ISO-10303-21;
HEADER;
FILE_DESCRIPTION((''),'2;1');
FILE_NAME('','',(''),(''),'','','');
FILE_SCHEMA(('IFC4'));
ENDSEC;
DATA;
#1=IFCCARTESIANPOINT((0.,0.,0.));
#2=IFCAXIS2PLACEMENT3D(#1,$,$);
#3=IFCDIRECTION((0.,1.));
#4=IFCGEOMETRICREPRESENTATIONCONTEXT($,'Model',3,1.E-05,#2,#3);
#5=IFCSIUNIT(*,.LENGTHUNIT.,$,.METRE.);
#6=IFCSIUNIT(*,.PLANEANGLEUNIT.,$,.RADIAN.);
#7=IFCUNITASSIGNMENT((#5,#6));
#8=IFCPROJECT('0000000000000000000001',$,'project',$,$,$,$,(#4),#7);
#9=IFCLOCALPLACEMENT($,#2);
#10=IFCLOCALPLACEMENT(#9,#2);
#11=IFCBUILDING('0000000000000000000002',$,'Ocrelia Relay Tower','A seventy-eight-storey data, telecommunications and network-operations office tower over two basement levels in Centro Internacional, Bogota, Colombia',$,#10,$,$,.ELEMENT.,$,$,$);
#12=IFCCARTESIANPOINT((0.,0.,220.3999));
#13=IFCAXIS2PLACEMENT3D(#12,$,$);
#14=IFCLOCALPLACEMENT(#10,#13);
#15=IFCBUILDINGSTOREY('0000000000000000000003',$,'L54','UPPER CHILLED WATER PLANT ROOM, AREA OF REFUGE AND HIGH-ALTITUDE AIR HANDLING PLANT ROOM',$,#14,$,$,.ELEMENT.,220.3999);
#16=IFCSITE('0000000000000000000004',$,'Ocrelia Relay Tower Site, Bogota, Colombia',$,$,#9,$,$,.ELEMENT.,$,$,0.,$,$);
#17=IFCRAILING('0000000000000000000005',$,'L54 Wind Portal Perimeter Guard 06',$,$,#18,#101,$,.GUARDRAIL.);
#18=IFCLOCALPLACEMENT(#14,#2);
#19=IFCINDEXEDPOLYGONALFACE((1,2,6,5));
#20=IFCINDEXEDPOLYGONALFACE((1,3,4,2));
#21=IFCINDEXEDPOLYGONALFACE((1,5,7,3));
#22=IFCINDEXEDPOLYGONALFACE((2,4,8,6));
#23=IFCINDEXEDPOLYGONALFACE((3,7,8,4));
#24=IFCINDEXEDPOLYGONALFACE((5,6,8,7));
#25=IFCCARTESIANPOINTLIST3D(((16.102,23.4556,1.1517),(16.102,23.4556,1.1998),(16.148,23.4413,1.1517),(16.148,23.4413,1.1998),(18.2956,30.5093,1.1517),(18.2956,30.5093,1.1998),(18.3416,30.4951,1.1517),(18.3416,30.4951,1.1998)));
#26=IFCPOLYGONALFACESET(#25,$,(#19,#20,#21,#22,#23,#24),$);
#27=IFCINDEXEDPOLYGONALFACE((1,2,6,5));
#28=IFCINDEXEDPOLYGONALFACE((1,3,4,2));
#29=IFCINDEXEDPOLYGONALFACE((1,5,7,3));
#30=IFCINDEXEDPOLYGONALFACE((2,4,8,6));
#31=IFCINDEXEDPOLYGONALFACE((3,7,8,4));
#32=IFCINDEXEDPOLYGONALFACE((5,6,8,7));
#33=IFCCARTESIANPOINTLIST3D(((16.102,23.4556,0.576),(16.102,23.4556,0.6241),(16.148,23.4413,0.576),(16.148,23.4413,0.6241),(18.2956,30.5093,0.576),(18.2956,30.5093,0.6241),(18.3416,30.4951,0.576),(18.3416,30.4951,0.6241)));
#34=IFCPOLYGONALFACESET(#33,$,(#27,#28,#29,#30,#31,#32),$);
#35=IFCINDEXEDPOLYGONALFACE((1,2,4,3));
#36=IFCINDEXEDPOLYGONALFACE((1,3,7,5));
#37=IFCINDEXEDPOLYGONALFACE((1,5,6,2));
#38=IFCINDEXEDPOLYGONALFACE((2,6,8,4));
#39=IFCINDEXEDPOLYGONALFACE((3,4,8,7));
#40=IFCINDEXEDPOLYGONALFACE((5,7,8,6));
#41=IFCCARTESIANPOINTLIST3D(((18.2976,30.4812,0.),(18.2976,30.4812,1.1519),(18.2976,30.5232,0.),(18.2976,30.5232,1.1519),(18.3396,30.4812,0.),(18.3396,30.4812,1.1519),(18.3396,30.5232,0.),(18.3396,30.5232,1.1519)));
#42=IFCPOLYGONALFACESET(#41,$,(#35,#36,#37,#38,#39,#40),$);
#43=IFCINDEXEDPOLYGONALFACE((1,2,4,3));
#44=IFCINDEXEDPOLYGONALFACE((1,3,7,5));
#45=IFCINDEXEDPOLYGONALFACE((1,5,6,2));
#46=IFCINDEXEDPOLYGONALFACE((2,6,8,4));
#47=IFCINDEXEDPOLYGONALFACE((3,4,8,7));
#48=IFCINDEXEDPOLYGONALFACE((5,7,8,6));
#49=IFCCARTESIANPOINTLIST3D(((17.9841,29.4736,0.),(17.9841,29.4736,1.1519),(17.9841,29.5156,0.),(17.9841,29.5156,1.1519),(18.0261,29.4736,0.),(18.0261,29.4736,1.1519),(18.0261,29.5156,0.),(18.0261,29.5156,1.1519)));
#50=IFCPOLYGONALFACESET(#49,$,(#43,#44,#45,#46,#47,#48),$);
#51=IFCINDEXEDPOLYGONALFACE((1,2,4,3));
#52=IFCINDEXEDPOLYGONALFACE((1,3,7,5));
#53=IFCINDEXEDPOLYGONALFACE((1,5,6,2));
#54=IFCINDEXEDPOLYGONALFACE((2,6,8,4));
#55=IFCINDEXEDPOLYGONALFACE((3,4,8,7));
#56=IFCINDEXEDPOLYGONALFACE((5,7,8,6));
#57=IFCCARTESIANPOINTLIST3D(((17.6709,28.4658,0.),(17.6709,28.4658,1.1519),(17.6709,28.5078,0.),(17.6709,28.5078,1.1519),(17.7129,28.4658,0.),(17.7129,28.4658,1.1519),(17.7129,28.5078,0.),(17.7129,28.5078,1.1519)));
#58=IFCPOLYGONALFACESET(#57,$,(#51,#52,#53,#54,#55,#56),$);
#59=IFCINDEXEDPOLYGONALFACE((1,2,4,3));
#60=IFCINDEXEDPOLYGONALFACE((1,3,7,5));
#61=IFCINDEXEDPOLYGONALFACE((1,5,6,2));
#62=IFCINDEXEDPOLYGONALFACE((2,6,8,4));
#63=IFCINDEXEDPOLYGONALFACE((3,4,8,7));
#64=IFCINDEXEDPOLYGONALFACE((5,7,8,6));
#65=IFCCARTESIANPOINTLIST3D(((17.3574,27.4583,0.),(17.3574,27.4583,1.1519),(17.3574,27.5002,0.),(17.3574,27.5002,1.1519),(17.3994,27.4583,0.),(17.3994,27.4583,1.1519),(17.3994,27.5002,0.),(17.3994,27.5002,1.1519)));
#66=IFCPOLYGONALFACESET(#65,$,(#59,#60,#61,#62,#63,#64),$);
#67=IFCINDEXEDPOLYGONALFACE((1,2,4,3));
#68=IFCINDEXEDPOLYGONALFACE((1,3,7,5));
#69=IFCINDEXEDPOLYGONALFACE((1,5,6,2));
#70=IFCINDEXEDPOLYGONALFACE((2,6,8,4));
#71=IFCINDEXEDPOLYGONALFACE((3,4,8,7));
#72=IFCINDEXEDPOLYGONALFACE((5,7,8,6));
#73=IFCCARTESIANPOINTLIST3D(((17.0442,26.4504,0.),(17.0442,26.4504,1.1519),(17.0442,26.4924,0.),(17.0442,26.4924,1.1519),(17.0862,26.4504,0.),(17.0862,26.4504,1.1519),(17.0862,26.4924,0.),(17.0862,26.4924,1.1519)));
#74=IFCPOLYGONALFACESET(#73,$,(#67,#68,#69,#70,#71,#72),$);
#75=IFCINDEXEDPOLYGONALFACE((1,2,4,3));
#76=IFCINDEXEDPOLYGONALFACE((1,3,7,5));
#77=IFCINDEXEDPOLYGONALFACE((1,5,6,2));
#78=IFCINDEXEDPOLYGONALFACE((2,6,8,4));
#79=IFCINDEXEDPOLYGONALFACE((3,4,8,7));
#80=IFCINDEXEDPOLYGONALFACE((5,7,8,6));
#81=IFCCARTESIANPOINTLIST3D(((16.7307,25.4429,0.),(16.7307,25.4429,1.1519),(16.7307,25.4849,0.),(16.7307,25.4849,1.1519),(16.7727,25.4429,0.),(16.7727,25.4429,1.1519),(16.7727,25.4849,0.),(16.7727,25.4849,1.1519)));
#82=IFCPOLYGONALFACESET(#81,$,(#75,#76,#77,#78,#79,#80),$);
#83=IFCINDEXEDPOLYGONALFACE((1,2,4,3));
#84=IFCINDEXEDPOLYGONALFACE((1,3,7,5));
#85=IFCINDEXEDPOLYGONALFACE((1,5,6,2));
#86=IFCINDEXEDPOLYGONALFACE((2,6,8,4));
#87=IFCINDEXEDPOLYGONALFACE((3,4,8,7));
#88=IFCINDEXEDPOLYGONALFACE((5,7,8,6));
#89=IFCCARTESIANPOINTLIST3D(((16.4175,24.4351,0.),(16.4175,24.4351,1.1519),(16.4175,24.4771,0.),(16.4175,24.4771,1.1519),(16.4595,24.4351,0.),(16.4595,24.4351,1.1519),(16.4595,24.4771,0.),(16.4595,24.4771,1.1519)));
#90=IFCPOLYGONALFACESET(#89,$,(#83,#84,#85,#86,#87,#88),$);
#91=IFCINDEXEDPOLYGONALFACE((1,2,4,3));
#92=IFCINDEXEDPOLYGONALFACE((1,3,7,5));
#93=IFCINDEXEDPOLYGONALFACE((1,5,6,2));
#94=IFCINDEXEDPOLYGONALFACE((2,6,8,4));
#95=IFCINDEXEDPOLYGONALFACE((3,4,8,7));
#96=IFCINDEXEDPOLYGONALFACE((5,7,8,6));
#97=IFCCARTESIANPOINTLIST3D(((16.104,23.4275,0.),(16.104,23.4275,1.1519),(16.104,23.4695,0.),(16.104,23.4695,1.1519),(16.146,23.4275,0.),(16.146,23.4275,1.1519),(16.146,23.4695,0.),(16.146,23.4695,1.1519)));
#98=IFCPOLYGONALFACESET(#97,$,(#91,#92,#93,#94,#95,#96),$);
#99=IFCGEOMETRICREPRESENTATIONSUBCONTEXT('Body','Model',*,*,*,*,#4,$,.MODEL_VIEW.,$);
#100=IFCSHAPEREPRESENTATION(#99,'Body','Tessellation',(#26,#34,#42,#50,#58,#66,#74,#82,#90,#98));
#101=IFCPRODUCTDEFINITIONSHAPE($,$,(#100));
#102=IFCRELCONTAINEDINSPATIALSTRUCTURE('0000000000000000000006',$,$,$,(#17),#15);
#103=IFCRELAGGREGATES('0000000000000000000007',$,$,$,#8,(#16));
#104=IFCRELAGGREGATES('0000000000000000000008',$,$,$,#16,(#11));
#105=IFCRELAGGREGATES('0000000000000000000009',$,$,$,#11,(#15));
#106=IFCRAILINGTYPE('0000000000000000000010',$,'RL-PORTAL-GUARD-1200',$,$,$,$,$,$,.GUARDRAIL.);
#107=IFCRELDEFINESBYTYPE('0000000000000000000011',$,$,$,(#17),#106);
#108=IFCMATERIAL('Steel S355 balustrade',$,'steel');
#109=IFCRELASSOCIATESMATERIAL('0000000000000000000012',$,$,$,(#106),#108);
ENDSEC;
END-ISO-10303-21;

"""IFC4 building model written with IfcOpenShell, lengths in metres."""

from ifc_helpers import new_model, si_unit, direction, frame, origin, origin_2d, place, context, subcontext, project, spatial, rectangle, extrude, material, type_object, element, save


model = new_model("IFC4")

# Units and contexts
model_context = context("Model", 3, precision=1e-05, world=origin(), true_north=direction((0.0, 1.0)))
body_context = subcontext(model_context, "Body", "Model", "MODEL_VIEW")
ifc_project = project(units=[si_unit("LENGTHUNIT", "METRE"), si_unit("PLANEANGLEUNIT", "RADIAN")], contexts=[model_context])

# Site, building, storey
site_placement = place(None, origin())
site = spatial("IfcSite", under=ifc_project, at=site_placement, Name="Ocrelia Relay Tower Site, Bogota, Colombia", CompositionType="ELEMENT", RefElevation=0.0)
building_placement = place(site_placement, origin())
building = spatial("IfcBuilding", under=site, at=building_placement, Name="Ocrelia Relay Tower", Description="A seventy-eight-storey data, telecommunications and network-operations office tower over two basement levels in Centro Internacional, Bogota, Colombia", CompositionType="ELEMENT")
storey_placement = place(building_placement, frame((0.0, 0.0, 220.3999)))
storey = spatial("IfcBuildingStorey", under=building, at=storey_placement, Name="L54", Description="UPPER CHILLED WATER PLANT ROOM, AREA OF REFUGE AND HIGH-ALTITUDE AIR HANDLING PLANT ROOM", CompositionType="ELEMENT", Elevation=220.3999)

# Railing
ifc_material_1 = material(Name="Steel S355 balustrade", Category="steel")
railing_type = type_object("IfcRailingType", Name="RL-PORTAL-GUARD-1200", PredefinedType="GUARDRAIL", material=ifc_material_1)
railing_placement = place(storey_placement, frame((18.3186, 30.5022, 0.0)))
element("IfcRailing", 1, at=railing_placement, inside=storey, type_object=railing_type, Name="L54 Wind Portal Perimeter Guard 06", PredefinedType="GUARDRAIL", context=body_context, shape_type="SweptSolid", body=[
    extrude(rectangle(XDim=0.0481, YDim=0.0481, at=origin_2d()), frame((0.0, 0.0, 1.1758), z_axis=(-0.296957, -0.954891, 0.0), x_axis=(0.954891, -0.296957, 0.0)), (0.0, 0.0, 1.0), 7.387),
    extrude(rectangle(XDim=0.0481, YDim=0.0481, at=origin_2d()), frame((0.0, 0.0, 0.6001), z_axis=(-0.296957, -0.954891, 0.0), x_axis=(0.954891, -0.296957, 0.0)), (0.0, 0.0, 1.0), 7.387),
    extrude(rectangle(XDim=0.042, YDim=0.042, at=origin_2d()), origin(), (0.0, 0.0, 1.0), 1.1519),
    extrude(rectangle(XDim=0.042, YDim=0.042, at=origin_2d()), frame((-0.3135, -1.0076, 0.0)), (0.0, 0.0, 1.0), 1.1519),
    extrude(rectangle(XDim=0.042, YDim=0.042, at=origin_2d()), frame((-0.6267, -2.0154, 0.0)), (0.0, 0.0, 1.0), 1.1519),
    extrude(rectangle(XDim=0.042, YDim=0.042, at=origin_2d()), frame((-0.9402, -3.0229, 0.0)), (0.0, 0.0, 1.0), 1.1519),
    extrude(rectangle(XDim=0.042, YDim=0.042, at=origin_2d()), frame((-1.2534, -4.0308, 0.0)), (0.0, 0.0, 1.0), 1.1519),
    extrude(rectangle(XDim=0.042, YDim=0.042, at=origin_2d()), frame((-1.5669, -5.0383, 0.0)), (0.0, 0.0, 1.0), 1.1519),
    extrude(rectangle(XDim=0.042, YDim=0.042, at=origin_2d()), frame((-1.8801, -6.0461, 0.0)), (0.0, 0.0, 1.0), 1.1519),
    extrude(rectangle(XDim=0.042, YDim=0.042, at=origin_2d()), frame((-2.1936, -7.0537, 0.0)), (0.0, 0.0, 1.0), 1.1519),
])

save(model, "model.ifc")
